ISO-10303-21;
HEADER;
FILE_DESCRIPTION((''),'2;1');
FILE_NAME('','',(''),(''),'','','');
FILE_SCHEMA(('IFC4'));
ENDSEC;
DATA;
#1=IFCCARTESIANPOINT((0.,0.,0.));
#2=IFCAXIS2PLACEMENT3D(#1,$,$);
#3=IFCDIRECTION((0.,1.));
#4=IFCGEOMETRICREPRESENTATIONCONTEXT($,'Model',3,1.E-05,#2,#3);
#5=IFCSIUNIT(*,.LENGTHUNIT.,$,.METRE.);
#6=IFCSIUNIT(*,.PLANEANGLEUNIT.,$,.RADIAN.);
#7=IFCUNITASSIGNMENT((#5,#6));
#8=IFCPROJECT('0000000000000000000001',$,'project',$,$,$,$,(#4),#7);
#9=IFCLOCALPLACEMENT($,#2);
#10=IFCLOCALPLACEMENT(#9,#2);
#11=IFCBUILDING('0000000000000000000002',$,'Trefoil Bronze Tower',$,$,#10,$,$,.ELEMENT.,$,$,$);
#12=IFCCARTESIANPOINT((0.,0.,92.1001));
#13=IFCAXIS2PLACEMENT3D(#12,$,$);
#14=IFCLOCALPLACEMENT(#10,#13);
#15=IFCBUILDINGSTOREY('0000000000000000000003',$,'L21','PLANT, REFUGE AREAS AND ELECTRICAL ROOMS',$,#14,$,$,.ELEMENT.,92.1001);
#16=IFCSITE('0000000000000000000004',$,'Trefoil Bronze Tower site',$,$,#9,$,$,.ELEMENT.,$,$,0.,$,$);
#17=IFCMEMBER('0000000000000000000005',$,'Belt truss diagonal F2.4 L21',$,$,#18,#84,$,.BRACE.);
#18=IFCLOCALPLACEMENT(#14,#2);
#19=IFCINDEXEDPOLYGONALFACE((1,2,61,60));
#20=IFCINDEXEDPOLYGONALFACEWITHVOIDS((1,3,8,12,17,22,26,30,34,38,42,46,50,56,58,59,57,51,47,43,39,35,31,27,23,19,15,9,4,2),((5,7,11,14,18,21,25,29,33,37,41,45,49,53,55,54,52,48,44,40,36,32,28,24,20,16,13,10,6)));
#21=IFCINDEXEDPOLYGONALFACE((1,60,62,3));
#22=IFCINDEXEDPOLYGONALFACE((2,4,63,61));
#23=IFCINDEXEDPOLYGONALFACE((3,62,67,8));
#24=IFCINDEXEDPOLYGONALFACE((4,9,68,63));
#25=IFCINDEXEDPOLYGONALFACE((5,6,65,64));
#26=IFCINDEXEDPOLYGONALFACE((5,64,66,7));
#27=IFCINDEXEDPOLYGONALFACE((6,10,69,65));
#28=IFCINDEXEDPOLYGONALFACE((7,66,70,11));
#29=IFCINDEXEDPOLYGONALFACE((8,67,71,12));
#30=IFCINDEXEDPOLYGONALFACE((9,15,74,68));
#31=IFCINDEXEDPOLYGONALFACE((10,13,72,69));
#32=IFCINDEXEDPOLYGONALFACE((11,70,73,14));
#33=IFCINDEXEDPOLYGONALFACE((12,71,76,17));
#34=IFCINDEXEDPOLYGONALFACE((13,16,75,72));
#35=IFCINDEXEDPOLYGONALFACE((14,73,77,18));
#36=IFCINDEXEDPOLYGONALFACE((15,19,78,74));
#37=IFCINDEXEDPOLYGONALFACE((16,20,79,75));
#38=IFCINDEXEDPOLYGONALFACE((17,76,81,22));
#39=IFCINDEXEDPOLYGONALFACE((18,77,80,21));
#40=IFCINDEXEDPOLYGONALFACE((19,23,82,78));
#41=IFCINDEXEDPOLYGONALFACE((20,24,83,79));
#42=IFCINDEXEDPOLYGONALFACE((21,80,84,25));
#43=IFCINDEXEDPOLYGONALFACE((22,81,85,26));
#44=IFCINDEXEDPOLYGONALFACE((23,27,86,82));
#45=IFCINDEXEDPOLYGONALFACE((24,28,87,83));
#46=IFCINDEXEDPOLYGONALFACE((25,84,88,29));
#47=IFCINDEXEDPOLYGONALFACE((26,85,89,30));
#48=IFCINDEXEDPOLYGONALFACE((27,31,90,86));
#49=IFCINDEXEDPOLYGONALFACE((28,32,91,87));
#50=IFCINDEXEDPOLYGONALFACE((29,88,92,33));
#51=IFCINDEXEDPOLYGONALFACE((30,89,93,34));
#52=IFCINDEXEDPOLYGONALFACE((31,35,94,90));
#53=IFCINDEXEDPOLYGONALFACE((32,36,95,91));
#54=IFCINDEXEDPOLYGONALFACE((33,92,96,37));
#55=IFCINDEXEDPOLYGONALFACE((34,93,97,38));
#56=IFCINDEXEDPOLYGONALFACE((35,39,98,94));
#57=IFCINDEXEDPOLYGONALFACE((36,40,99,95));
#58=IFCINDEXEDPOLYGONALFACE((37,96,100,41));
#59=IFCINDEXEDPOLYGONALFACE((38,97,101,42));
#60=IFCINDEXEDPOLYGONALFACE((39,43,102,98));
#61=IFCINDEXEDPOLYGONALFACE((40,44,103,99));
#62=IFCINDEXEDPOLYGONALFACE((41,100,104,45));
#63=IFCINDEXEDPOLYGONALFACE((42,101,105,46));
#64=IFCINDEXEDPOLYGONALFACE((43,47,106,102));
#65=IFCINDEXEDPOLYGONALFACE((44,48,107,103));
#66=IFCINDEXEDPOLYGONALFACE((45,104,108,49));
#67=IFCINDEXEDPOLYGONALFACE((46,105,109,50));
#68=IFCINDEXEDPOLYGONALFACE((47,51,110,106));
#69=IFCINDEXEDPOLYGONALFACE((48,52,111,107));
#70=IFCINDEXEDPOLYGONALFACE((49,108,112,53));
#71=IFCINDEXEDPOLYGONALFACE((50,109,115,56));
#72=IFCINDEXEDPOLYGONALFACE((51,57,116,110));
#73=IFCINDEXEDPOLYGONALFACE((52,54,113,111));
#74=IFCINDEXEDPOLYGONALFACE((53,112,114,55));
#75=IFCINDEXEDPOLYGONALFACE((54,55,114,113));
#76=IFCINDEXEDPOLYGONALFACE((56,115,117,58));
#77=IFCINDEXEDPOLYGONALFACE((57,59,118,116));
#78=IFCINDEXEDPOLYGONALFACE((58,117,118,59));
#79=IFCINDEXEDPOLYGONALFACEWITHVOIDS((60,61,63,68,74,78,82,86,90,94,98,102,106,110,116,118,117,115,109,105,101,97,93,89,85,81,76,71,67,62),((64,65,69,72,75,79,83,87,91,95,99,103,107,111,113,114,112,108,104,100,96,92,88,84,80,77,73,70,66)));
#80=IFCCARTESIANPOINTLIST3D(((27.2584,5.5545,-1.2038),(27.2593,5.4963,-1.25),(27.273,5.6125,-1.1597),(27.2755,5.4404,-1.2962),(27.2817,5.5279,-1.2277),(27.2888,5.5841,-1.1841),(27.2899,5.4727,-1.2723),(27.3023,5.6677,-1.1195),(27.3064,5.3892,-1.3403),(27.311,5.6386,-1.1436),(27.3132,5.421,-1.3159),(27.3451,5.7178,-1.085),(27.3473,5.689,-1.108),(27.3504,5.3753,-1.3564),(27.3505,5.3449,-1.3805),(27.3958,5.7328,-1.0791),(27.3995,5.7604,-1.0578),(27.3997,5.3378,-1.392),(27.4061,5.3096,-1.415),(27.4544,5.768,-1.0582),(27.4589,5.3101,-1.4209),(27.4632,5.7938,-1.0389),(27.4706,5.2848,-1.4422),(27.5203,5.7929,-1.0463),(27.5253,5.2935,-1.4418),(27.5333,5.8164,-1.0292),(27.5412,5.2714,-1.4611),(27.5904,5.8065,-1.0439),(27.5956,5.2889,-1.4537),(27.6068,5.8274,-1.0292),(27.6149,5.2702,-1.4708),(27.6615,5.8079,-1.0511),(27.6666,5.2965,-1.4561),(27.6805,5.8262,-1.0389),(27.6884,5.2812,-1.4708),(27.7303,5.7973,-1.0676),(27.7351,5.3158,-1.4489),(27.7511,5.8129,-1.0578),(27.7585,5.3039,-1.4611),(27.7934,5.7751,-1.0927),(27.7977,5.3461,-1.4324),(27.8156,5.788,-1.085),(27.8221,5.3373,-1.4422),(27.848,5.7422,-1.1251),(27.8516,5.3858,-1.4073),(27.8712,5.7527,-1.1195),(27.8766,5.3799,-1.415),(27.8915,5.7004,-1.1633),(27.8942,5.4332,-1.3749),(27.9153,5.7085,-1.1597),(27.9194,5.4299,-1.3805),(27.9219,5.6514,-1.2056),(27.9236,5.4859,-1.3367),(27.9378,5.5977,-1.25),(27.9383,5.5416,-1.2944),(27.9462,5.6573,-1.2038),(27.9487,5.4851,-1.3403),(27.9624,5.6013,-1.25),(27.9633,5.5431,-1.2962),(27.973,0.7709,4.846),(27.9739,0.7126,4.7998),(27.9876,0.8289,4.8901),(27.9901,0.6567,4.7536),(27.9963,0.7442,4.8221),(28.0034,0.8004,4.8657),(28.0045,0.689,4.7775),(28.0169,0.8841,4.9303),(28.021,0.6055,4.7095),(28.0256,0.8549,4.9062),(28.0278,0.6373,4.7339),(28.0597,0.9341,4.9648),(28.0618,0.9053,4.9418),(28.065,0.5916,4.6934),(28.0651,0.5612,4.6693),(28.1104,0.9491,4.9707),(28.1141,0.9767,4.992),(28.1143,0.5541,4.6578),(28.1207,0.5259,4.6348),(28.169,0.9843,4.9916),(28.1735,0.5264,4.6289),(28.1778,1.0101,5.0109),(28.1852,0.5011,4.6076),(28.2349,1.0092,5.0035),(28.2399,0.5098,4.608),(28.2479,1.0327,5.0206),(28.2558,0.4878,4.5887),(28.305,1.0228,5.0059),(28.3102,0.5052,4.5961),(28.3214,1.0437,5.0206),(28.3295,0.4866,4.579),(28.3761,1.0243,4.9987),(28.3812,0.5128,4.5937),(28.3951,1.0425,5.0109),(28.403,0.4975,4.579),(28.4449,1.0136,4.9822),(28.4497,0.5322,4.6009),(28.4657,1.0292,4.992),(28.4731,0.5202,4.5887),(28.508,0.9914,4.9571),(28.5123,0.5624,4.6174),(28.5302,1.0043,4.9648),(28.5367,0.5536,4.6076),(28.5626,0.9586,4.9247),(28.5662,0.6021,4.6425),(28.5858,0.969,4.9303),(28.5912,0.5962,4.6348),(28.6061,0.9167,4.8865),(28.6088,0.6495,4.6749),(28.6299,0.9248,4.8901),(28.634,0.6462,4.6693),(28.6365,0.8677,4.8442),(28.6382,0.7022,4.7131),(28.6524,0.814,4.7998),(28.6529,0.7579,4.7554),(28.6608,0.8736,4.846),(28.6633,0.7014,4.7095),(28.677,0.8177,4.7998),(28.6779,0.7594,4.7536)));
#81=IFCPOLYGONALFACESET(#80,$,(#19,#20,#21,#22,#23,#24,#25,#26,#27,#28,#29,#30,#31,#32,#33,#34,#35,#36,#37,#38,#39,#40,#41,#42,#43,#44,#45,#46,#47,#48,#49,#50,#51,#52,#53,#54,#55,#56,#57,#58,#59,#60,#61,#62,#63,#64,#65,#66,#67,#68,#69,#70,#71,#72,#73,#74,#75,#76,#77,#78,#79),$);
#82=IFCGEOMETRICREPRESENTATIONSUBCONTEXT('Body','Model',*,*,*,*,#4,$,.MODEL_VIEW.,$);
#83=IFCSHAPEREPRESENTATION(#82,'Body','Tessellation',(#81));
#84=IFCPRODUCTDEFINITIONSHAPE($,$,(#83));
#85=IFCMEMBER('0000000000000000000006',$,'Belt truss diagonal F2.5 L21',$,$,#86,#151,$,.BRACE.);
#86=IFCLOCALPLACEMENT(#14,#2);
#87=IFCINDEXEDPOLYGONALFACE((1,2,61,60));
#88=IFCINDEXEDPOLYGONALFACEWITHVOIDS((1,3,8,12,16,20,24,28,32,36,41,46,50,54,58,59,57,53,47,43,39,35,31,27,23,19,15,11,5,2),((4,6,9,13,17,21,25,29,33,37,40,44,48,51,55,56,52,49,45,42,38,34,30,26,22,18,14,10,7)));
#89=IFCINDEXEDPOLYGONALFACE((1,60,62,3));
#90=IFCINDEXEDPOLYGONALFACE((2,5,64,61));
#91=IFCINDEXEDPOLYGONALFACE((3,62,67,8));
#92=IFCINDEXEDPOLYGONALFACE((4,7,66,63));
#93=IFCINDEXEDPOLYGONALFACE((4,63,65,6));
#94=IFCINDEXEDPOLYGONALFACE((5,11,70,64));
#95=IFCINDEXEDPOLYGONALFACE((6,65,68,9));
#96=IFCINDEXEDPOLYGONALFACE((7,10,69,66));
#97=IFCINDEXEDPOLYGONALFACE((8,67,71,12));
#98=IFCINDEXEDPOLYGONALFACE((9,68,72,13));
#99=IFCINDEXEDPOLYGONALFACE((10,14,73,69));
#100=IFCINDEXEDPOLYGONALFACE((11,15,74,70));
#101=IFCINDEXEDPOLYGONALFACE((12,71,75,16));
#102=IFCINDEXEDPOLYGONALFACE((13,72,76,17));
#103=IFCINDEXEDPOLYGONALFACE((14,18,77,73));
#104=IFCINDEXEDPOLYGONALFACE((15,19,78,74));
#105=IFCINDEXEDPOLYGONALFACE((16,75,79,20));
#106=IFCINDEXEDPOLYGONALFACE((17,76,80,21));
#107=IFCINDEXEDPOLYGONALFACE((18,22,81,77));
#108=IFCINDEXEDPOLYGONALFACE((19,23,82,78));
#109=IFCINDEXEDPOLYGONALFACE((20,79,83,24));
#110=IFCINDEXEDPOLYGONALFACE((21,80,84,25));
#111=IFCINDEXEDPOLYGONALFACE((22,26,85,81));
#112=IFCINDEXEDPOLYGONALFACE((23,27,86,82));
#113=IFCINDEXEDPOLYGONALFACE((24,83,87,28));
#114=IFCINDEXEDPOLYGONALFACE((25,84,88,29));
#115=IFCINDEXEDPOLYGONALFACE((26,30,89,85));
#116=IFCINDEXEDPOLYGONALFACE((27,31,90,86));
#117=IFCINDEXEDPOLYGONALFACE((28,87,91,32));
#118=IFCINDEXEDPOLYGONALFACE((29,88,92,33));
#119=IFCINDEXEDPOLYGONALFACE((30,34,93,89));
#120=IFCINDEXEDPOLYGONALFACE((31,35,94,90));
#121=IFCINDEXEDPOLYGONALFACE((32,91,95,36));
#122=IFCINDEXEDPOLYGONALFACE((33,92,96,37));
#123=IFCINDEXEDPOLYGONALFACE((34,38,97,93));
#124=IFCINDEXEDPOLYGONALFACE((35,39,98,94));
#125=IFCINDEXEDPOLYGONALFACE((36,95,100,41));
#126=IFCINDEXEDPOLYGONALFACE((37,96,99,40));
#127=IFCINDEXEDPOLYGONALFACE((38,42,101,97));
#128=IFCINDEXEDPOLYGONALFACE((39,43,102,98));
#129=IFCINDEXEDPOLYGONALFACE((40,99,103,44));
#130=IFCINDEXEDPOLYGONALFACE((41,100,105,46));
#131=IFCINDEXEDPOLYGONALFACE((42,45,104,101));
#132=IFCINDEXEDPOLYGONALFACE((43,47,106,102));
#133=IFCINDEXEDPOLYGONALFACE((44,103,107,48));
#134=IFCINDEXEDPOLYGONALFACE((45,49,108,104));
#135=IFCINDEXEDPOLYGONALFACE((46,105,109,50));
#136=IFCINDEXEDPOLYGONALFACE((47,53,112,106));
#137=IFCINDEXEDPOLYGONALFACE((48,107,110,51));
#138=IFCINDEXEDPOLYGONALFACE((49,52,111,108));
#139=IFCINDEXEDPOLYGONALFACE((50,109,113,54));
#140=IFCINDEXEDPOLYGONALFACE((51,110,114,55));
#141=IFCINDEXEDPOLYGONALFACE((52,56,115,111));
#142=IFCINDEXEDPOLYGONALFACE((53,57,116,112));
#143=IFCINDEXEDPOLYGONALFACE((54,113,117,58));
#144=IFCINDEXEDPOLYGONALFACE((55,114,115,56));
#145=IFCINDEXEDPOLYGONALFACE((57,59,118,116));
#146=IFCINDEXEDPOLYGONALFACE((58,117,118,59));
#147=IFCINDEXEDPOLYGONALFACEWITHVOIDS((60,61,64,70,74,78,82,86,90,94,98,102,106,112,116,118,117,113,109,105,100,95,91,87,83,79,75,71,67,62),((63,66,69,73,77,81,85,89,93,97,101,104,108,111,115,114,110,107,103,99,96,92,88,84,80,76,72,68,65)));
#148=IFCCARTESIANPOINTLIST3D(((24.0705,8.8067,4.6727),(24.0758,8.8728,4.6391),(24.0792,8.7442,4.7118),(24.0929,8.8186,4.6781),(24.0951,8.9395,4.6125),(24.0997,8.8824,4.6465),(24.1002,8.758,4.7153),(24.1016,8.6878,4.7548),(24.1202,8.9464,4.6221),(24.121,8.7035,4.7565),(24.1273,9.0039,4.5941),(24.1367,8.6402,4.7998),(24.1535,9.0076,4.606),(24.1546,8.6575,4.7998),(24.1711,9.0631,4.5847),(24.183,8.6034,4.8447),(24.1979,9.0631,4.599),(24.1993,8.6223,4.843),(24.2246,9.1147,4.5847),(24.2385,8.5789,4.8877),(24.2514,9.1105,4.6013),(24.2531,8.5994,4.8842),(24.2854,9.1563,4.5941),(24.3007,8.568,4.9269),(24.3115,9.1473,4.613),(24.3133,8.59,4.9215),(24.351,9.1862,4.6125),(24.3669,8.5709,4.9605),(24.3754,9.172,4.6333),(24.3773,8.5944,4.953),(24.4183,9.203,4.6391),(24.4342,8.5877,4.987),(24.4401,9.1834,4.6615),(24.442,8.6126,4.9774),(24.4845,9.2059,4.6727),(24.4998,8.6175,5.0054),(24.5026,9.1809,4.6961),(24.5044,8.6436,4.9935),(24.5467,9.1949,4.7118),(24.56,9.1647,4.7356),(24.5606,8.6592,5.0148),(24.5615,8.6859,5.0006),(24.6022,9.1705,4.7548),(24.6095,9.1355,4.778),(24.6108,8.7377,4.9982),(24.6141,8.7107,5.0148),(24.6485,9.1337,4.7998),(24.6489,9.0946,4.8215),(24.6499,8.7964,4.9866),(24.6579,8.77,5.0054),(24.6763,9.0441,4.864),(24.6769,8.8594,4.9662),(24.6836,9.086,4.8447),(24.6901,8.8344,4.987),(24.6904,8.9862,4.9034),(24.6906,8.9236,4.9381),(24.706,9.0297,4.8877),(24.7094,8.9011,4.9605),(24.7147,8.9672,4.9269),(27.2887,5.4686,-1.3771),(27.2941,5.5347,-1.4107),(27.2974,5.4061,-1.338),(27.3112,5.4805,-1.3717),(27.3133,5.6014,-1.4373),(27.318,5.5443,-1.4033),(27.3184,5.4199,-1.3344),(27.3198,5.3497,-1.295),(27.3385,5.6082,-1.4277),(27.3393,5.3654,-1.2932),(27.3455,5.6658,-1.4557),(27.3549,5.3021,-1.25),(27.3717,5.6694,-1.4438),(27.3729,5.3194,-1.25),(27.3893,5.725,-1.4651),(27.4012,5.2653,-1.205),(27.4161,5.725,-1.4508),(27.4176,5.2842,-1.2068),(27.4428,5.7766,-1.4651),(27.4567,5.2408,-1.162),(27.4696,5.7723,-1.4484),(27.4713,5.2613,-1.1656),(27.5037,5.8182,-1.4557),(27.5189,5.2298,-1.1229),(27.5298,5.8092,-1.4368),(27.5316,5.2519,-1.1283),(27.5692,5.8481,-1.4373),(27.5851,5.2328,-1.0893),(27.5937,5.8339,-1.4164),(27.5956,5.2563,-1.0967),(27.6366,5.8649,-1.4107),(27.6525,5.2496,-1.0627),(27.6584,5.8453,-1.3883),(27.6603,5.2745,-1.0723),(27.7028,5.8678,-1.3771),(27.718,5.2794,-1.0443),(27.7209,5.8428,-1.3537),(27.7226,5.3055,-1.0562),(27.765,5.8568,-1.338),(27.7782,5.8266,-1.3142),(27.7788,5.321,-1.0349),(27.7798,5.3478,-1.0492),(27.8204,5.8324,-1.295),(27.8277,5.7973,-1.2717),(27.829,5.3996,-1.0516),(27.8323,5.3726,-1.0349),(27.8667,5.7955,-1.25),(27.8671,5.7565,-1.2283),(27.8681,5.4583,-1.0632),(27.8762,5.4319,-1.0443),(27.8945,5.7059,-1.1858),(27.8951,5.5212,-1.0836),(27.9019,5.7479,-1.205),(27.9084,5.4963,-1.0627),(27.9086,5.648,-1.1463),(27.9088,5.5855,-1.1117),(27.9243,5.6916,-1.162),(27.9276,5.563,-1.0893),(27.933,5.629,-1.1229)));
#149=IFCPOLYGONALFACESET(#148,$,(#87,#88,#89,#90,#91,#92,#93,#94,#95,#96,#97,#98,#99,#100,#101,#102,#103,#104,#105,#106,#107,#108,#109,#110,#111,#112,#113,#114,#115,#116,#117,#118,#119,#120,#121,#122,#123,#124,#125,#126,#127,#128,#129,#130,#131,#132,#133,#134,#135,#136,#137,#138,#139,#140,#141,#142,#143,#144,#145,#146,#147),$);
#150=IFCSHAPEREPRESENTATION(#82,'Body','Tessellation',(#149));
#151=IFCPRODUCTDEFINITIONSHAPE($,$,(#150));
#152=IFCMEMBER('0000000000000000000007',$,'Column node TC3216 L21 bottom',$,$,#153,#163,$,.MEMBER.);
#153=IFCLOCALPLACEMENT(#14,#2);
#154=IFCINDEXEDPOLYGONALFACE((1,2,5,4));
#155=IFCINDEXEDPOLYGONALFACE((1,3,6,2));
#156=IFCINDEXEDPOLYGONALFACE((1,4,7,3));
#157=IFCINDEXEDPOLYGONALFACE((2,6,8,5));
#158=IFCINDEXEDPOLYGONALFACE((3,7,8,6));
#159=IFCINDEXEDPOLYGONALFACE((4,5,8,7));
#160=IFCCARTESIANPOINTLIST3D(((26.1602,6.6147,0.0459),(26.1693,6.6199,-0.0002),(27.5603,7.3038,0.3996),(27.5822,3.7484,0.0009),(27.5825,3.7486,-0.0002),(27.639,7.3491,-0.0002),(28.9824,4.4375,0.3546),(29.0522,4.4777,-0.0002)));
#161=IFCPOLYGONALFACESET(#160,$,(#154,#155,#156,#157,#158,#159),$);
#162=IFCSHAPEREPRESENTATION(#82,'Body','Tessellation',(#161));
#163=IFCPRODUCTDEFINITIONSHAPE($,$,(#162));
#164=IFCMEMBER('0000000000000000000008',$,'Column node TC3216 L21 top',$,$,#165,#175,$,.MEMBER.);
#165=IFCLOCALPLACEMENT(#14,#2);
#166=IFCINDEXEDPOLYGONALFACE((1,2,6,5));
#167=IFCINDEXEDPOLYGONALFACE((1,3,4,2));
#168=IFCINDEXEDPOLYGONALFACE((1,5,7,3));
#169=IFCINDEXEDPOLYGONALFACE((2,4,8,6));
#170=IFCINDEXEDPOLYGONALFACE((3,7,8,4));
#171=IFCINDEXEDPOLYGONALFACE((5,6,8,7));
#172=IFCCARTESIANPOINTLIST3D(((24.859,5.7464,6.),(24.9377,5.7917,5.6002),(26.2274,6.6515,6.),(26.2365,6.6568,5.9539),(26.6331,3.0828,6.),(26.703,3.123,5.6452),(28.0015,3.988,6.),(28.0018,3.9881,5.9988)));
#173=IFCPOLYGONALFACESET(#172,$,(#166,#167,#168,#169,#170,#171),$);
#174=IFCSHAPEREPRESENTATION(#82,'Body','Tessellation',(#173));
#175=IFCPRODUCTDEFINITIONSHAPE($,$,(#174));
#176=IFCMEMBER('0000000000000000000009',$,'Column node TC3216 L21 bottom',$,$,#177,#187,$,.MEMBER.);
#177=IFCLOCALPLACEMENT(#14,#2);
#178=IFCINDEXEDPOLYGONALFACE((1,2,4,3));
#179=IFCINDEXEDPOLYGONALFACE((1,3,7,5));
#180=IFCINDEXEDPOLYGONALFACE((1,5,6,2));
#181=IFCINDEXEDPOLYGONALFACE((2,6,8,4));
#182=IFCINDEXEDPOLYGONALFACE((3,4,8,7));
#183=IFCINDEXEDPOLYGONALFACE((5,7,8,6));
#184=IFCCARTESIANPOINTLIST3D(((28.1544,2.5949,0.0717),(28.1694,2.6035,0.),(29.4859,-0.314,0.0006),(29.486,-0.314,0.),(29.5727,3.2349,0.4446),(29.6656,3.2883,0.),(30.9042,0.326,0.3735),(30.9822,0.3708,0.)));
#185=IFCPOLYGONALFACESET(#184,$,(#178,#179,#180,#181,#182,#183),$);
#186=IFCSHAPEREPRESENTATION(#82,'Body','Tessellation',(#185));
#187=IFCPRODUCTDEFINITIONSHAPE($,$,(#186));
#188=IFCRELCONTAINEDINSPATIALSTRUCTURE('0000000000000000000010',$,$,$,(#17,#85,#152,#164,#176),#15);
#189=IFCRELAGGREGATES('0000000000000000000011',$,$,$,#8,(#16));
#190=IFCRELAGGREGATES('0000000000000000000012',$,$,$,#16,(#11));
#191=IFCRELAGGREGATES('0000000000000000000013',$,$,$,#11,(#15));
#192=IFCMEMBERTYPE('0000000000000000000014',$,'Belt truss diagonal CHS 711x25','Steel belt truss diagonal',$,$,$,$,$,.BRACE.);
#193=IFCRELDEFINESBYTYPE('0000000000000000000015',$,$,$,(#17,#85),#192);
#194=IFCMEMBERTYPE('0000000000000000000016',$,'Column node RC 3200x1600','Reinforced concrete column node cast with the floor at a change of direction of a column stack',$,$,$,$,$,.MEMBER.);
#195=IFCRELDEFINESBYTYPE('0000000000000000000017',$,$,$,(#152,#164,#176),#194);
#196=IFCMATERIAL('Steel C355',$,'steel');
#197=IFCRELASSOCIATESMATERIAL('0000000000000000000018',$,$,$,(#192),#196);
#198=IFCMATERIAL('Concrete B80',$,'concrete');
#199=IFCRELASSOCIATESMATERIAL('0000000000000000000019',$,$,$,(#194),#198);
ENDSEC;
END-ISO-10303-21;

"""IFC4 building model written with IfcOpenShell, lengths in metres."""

from ifc_helpers import new_model, si_unit, direction, frame, origin, origin_2d, place, context, subcontext, project, spatial, rectangle, hollow_circle, extrude, clip, halfspace, material, material_profile, profile_set, type_object, element, save


model = new_model("IFC4")

# Units and contexts
model_context = context("Model", 3, precision=1e-05, world=origin(), true_north=direction((0.0, 1.0)))
body_context = subcontext(model_context, "Body", "Model", "MODEL_VIEW")
ifc_project = project(units=[si_unit("LENGTHUNIT", "METRE"), si_unit("PLANEANGLEUNIT", "RADIAN")], contexts=[model_context])

# Site, building, storey
site_placement = place(None, origin())
site = spatial("IfcSite", under=ifc_project, at=site_placement, Name="Trefoil Bronze Tower site", CompositionType="ELEMENT", RefElevation=0.0)
building_placement = place(site_placement, origin())
building = spatial("IfcBuilding", under=site, at=building_placement, Name="Trefoil Bronze Tower", CompositionType="ELEMENT")
storey_placement = place(building_placement, frame((0.0, 0.0, 92.1001)))
storey = spatial("IfcBuildingStorey", under=building, at=storey_placement, Name="L21", Description="PLANT, REFUGE AREAS AND ELECTRICAL ROOMS", CompositionType="ELEMENT", Elevation=92.1001)

# Members
ifc_material_1 = material(Name="Steel C355", Category="steel")
ifc_material_profile_1 = material_profile(ifc_material_1, hollow_circle(Radius=0.3555, WallThickness=0.0249, at=origin_2d()), Name="CHS 711x25")
ifc_profile_set_1 = profile_set([ifc_material_profile_1], Name="Steel C355")
member_type_1 = type_object("IfcMemberType", Name="Belt truss diagonal CHS 711x25", Description="Steel belt truss diagonal", PredefinedType="BRACE", material=ifc_profile_set_1)
member_1_placement = place(storey_placement, frame((27.6108, 5.5488, -1.25), z_axis=(0.092259, -0.6176, 0.781062), x_axis=(0.989026, 0.147743, 0.0)))
element("IfcMember", 1, at=member_1_placement, inside=storey, type_object=member_type_1, Name="Belt truss diagonal F2.4 L21", PredefinedType="BRACE", context=body_context, shape_type="SweptSolid", body=[
    extrude(hollow_circle(Radius=0.3555, WallThickness=0.0249, at=origin_2d()), origin(), (0.0, 0.0, 1.0), 7.7456),
])
member_2_placement = place(storey_placement, frame((27.6108, 5.5488, -1.25), z_axis=(-0.422213, 0.437939, 0.793691), x_axis=(-0.719915, -0.694062, 0.0)))
element("IfcMember", 2, at=member_2_placement, inside=storey, type_object=member_type_1, Name="Belt truss diagonal F2.5 L21", PredefinedType="BRACE", context=body_context, shape_type="SweptSolid", body=[
    extrude(hollow_circle(Radius=0.3555, WallThickness=0.0249, at=origin_2d()), origin(), (0.0, 0.0, 1.0), 7.6223),
])
ifc_material_2 = material(Name="Concrete B80", Category="concrete")
ifc_material_profile_2 = material_profile(ifc_material_2, rectangle(XDim=3.2, YDim=1.6001, at=origin_2d()), Name="RC 3200x1600")
ifc_profile_set_2 = profile_set([ifc_material_profile_2], Name="Concrete B80")
member_type_2 = type_object("IfcMemberType", Name="Column node RC 3200x1600", Description="Reinforced concrete column node cast with the floor at a change of direction of a column stack", PredefinedType="MEMBER", material=ifc_profile_set_2)
member_3_placement = place(storey_placement, frame((27.6501, 5.5715, -0.2004), z_axis=(-0.191942, -0.11053, 0.975162), x_axis=(-0.444391, 0.895722, 0.014056)))
element("IfcMember", 3, at=member_3_placement, inside=storey, type_object=member_type_2, Name="Column node TC3216 L21 bottom", PredefinedType="MEMBER", context=body_context, shape_type="Clipping", body=[
    clip(extrude(rectangle(XDim=3.2, YDim=1.6001, at=origin_2d()), origin(), (0.0, 0.0, 1.0), 0.4109), halfspace(frame((0.0, 0.0, 0.2053), z_axis=(0.014056, -0.221046, 0.975162), x_axis=(0.0, 0.975258, 0.221068)), True)),
])
member_4_placement = place(storey_placement, frame((26.3909, 4.8445, 6.2002), z_axis=(0.191942, 0.11053, -0.975162), x_axis=(0.551648, -0.833959, 0.014056)))
element("IfcMember", 4, at=member_4_placement, inside=storey, type_object=member_type_2, Name="Column node TC3216 L21 top", PredefinedType="MEMBER", context=body_context, shape_type="Clipping", body=[
    clip(extrude(rectangle(XDim=3.2, YDim=1.6001, at=origin_2d()), origin(), (0.0, 0.0, 1.0), 0.4109), halfspace(frame((0.0, 0.0, 0.2053), z_axis=(-0.014056, 0.221046, 0.975162), x_axis=(0.0, 0.975258, -0.221068)), True)),
])
member_5_placement = place(storey_placement, frame((29.6223, 1.5139, -0.2229), z_axis=(-0.202966, -0.116665, 0.972211), x_axis=(-0.416081, 0.909056, 0.022223)))
element("IfcMember", 5, at=member_5_placement, inside=storey, type_object=member_type_2, Name="Column node TC3216 L21 bottom", PredefinedType="MEMBER", context=body_context, shape_type="Clipping", body=[
    clip(extrude(rectangle(XDim=3.2, YDim=1.6001, at=origin_2d()), origin(), (0.0, 0.0, 1.0), 0.4583), halfspace(frame((0.0, 0.0, 0.2292), z_axis=(0.022223, -0.233049, 0.972211), x_axis=(0.0, 0.972451, 0.233107)), True)),
])

save(model, "model.ifc")
